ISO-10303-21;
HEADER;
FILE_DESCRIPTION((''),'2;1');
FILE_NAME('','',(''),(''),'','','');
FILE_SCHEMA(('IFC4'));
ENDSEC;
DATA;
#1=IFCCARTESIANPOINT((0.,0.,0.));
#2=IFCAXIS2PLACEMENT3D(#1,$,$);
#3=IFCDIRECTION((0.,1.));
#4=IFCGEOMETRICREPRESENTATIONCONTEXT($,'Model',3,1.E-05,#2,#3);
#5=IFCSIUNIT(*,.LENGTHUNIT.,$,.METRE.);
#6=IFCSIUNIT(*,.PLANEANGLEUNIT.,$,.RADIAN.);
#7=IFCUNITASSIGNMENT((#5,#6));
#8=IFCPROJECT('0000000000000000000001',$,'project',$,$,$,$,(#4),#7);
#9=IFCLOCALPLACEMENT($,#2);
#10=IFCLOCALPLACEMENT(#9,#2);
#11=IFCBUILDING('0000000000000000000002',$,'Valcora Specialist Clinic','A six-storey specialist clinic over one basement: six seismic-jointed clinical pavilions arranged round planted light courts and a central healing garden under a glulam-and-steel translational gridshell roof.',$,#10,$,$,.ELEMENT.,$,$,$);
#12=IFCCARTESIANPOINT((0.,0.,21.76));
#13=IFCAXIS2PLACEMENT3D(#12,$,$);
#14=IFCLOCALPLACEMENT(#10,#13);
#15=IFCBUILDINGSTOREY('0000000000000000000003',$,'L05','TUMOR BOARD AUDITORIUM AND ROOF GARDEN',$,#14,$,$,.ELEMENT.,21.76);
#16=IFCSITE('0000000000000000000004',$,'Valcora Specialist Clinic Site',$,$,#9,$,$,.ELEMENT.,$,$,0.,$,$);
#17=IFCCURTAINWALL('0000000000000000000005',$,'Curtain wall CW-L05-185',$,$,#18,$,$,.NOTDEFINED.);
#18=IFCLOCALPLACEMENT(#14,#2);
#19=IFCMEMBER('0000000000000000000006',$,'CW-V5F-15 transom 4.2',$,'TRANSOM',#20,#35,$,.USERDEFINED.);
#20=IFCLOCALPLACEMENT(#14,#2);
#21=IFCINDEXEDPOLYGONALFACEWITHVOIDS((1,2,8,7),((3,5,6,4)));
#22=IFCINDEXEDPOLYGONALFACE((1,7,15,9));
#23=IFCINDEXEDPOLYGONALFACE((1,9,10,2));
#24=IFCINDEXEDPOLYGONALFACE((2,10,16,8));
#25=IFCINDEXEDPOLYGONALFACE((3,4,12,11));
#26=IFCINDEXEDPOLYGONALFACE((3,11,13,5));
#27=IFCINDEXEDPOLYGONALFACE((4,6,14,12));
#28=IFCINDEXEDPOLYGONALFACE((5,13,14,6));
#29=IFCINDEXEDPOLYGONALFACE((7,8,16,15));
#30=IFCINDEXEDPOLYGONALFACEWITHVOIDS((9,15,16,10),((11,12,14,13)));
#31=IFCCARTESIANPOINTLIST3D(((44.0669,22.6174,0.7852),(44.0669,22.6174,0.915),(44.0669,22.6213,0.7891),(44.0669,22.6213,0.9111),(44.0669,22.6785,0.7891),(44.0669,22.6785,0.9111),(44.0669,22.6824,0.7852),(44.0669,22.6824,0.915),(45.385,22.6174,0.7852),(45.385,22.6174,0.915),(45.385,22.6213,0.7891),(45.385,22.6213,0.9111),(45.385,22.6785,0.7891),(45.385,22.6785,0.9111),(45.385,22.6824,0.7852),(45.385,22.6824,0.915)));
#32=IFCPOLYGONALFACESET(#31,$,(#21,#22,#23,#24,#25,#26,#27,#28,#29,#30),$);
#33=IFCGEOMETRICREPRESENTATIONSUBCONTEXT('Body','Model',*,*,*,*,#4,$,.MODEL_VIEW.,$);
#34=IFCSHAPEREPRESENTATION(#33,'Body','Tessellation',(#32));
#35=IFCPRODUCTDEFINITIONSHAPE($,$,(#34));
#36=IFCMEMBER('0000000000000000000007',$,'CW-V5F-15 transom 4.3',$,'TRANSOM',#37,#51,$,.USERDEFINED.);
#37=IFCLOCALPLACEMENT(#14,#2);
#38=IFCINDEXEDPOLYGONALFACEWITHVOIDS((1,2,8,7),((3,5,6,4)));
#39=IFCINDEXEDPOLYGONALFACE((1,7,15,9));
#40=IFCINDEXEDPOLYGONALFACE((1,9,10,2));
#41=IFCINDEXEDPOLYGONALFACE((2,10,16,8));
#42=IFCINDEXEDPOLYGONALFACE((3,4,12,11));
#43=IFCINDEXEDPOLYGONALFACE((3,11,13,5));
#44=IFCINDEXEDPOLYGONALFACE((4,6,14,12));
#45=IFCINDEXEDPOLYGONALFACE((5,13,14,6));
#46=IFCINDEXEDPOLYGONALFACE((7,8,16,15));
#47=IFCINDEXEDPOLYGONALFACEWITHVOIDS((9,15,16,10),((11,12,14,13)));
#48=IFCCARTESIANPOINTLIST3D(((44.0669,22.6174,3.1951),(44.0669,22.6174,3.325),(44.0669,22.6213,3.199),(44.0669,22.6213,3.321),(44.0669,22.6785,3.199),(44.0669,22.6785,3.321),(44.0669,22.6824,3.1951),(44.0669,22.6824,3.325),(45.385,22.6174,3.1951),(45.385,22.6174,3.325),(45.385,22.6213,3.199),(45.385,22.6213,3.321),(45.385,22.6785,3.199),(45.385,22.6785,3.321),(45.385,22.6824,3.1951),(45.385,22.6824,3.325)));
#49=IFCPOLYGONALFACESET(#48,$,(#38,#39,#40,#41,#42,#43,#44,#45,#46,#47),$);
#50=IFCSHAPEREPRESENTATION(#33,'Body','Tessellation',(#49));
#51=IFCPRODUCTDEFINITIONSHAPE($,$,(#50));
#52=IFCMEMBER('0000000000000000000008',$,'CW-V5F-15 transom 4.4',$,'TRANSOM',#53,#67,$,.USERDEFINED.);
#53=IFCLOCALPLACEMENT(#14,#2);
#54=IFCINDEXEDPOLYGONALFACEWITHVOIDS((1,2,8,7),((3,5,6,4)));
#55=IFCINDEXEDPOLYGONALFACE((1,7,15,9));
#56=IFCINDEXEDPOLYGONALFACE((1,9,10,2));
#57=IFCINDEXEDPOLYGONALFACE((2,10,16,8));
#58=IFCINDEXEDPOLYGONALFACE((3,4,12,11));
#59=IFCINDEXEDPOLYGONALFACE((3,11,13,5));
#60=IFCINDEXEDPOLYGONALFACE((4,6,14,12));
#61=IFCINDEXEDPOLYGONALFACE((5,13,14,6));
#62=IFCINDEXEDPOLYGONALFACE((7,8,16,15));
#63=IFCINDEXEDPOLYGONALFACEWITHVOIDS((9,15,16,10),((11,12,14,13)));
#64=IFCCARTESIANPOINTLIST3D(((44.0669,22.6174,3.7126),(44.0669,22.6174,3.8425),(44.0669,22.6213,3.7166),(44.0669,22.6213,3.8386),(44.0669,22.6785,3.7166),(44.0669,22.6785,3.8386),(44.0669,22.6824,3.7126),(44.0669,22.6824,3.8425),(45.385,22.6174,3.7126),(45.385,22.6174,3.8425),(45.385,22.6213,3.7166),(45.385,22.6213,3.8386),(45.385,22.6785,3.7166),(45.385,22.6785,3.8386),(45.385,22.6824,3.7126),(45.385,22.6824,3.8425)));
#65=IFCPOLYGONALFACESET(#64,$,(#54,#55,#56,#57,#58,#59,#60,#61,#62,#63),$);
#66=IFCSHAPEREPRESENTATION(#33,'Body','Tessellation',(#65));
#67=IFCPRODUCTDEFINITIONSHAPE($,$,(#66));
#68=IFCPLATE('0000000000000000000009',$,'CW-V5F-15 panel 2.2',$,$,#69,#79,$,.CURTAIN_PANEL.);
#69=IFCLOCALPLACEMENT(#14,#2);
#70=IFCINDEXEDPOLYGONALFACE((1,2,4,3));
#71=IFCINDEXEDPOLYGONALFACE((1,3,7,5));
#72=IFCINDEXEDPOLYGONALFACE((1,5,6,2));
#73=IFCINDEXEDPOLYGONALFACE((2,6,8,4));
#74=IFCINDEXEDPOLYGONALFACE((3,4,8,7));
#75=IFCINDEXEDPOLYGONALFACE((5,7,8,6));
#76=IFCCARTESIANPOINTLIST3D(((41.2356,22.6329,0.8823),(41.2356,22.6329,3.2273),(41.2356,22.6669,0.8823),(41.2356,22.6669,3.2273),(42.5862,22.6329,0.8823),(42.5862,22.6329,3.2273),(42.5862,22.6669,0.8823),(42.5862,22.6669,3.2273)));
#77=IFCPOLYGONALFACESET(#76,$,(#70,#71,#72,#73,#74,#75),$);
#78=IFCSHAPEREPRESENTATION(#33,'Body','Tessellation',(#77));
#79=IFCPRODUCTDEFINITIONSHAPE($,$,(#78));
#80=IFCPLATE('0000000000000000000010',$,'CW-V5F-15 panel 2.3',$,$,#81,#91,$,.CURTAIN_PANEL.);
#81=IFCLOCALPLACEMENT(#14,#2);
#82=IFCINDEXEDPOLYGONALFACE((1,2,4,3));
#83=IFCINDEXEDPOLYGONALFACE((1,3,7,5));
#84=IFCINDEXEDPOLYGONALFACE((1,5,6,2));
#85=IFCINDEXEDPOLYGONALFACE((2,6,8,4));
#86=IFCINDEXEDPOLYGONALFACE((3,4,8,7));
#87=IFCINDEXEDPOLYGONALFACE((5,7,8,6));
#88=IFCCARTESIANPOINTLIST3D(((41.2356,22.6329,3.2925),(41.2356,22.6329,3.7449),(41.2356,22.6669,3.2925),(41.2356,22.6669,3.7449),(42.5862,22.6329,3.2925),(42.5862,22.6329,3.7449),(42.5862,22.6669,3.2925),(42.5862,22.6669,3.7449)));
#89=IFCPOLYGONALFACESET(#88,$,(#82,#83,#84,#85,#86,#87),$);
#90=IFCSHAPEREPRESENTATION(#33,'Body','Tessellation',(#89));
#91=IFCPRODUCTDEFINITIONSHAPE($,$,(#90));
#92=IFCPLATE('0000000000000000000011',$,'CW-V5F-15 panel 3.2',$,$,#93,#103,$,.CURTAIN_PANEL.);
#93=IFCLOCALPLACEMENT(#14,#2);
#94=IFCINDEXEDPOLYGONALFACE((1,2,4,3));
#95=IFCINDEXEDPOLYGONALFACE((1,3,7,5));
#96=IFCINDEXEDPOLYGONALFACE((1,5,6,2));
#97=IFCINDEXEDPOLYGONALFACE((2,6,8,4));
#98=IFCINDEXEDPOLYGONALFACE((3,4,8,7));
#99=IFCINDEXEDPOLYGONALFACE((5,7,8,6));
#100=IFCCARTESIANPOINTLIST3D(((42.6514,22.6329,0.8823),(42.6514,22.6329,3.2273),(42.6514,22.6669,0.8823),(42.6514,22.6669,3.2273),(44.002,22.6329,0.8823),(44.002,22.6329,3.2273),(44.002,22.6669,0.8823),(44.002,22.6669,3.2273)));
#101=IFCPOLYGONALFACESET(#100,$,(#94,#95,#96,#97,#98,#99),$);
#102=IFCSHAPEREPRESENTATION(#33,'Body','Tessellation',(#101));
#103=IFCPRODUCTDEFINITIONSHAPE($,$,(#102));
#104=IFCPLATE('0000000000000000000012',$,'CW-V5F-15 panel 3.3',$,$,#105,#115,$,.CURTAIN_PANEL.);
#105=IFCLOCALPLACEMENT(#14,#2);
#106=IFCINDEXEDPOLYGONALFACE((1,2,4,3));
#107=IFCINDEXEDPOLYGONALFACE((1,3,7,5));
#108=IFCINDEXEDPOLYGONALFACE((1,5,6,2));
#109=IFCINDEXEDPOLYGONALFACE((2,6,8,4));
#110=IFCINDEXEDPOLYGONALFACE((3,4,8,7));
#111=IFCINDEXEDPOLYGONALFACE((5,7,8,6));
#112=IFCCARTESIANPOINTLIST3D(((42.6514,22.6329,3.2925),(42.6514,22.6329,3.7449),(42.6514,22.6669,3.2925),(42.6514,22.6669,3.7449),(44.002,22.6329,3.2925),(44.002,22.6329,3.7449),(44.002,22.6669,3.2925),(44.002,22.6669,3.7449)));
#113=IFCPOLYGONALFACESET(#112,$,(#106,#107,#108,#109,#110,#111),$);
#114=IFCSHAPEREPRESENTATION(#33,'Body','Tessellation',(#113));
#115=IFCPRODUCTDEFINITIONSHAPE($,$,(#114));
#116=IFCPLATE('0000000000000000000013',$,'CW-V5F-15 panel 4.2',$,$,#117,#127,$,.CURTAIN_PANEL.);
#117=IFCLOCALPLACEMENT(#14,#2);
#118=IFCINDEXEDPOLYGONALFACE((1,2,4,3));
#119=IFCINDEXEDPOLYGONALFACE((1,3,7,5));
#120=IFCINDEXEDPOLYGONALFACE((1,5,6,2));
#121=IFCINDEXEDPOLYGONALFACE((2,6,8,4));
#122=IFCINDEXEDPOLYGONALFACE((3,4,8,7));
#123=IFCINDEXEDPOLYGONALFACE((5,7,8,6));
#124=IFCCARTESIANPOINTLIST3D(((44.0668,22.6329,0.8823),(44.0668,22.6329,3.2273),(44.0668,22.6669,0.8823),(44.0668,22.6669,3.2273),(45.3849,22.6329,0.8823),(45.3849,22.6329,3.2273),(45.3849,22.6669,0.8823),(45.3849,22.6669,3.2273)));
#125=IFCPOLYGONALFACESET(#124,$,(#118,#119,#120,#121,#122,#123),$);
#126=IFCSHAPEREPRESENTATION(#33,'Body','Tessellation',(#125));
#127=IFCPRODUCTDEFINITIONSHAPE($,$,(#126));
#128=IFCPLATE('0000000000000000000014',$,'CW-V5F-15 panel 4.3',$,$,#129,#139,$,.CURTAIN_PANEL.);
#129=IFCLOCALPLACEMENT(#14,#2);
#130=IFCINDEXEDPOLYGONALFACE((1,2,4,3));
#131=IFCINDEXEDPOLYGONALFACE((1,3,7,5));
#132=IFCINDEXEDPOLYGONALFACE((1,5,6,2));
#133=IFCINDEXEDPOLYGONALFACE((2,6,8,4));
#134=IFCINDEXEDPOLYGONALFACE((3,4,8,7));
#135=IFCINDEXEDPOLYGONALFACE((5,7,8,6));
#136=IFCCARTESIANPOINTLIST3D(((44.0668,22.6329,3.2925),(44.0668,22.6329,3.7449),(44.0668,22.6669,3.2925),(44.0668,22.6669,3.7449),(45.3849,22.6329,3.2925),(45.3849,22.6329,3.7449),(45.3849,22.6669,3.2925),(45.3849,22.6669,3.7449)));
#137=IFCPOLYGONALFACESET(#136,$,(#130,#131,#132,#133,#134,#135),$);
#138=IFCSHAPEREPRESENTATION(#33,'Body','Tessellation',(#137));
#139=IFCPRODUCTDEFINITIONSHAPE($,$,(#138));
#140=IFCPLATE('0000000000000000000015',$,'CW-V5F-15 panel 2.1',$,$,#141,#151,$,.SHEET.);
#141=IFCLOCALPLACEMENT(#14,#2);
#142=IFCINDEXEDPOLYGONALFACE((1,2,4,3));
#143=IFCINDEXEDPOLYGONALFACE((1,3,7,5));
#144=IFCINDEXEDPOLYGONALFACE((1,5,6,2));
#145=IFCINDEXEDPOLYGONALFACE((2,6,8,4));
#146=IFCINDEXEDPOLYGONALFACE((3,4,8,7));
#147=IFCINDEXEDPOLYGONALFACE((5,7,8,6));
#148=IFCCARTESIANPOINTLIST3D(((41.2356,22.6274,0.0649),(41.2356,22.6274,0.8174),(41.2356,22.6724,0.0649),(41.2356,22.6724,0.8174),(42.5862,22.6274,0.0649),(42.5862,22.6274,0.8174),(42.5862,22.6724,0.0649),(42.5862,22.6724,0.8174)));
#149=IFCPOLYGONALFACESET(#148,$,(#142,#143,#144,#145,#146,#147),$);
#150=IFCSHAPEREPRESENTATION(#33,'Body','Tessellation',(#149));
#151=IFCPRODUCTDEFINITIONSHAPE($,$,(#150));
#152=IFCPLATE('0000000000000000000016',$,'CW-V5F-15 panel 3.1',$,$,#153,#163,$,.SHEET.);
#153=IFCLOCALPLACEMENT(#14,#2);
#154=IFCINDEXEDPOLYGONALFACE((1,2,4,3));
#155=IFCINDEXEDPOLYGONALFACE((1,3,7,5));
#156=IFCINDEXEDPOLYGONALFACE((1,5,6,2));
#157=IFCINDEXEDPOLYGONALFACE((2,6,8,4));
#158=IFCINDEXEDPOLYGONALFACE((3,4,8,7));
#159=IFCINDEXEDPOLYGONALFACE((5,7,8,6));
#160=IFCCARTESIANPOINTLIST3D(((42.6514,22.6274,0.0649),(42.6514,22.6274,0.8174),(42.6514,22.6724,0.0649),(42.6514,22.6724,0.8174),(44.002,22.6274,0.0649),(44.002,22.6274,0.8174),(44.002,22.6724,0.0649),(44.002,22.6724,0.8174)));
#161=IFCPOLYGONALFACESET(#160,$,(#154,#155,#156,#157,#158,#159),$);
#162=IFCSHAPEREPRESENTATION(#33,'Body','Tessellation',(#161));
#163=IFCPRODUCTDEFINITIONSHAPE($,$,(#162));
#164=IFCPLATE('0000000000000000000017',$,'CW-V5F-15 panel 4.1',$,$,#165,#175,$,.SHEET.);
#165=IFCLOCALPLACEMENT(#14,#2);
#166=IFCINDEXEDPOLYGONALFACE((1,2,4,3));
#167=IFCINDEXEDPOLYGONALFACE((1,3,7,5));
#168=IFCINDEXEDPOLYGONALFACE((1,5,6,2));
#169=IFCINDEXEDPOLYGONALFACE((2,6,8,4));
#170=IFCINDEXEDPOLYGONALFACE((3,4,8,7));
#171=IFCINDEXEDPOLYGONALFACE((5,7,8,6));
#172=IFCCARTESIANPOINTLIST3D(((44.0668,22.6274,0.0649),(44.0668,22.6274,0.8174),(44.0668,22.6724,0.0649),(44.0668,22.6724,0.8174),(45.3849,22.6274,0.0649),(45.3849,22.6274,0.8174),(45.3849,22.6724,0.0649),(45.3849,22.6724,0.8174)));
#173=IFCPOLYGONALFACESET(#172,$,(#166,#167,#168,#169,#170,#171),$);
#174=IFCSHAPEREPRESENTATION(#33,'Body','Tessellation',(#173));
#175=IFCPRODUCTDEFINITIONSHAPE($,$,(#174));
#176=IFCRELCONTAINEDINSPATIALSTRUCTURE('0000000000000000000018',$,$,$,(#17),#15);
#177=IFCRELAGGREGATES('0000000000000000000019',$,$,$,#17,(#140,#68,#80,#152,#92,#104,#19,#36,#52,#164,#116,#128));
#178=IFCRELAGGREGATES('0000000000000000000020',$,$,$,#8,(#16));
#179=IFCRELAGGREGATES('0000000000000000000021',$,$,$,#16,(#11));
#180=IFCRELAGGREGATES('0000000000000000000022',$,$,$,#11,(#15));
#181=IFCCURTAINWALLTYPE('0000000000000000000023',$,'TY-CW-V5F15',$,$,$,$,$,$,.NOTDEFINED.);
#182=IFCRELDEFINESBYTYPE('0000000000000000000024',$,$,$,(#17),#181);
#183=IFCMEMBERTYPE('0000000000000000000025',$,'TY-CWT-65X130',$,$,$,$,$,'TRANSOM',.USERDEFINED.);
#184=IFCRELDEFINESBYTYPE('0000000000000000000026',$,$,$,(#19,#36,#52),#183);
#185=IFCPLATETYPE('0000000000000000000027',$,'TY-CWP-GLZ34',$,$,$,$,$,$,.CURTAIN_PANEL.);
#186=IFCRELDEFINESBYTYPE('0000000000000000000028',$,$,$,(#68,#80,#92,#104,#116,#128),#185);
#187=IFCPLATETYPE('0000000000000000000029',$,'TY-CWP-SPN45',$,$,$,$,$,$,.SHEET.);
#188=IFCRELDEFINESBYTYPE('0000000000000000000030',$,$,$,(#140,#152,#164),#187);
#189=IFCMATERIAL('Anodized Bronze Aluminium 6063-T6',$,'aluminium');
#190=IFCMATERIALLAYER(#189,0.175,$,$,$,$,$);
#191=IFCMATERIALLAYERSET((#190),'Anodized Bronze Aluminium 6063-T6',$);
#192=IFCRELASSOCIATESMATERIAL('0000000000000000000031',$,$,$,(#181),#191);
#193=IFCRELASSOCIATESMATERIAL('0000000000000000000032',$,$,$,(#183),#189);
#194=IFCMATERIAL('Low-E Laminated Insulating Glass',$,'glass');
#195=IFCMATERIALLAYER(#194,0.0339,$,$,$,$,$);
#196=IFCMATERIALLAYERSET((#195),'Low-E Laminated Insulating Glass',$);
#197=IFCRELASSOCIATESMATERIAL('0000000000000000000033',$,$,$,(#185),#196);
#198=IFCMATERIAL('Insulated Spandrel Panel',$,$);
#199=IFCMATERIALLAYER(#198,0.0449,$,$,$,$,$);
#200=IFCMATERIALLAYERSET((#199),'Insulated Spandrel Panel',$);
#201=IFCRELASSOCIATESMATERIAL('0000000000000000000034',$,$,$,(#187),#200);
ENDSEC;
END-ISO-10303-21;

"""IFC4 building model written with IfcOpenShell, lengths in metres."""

from ifc_helpers import new_model, si_unit, direction, frame, origin, origin_2d, place, context, subcontext, project, spatial, rectangle, hollow_rectangle, extrude, material, layer, layer_set, material_profile, profile_set, type_object, element, aggregate, save


model = new_model("IFC4")

# Units and contexts
model_context = context("Model", 3, precision=1e-05, world=origin(), true_north=direction((0.0, 1.0)))
body_context = subcontext(model_context, "Body", "Model", "MODEL_VIEW")
ifc_project = project(units=[si_unit("LENGTHUNIT", "METRE"), si_unit("PLANEANGLEUNIT", "RADIAN")], contexts=[model_context])

# Site, building, storey
site_placement = place(None, origin())
site = spatial("IfcSite", under=ifc_project, at=site_placement, Name="Valcora Specialist Clinic Site", CompositionType="ELEMENT", RefElevation=0.0)
building_placement = place(site_placement, origin())
building = spatial("IfcBuilding", under=site, at=building_placement, Name="Valcora Specialist Clinic", Description="A six-storey specialist clinic over one basement: six seismic-jointed clinical pavilions arranged round planted light courts and a central healing garden under a glulam-and-steel translational gridshell roof.", CompositionType="ELEMENT")
storey_placement = place(building_placement, frame((0.0, 0.0, 21.76)))
storey = spatial("IfcBuildingStorey", under=building, at=storey_placement, Name="L05", Description="TUMOR BOARD AUDITORIUM AND ROOF GARDEN", CompositionType="ELEMENT", Elevation=21.76)

# Curtain wall, members, plates
ifc_material_1 = material(Name="Anodized Bronze Aluminium 6063-T6", Category="aluminium")
ifc_layer_1 = layer(ifc_material_1, 0.175)
ifc_layer_set_1 = layer_set([ifc_layer_1], Name="Anodized Bronze Aluminium 6063-T6")
curtain_wall_type = type_object("IfcCurtainWallType", Name="TY-CW-V5F15", PredefinedType="NOTDEFINED", material=ifc_layer_set_1)
curtain_wall_placement = place(storey_placement, origin())
curtain_wall = element("IfcCurtainWall", 1, at=curtain_wall_placement, inside=storey, type_object=curtain_wall_type, Name="Curtain wall CW-L05-185", PredefinedType="NOTDEFINED")
ifc_material_profile_1 = material_profile(ifc_material_1, hollow_rectangle(XDim=0.0649, YDim=0.1299, WallThickness=0.0039, at=origin_2d()), Name="AL-TRN-65X130")
ifc_profile_set_1 = profile_set([ifc_material_profile_1], Name="Anodized Bronze Aluminium 6063-T6")
member_type_1 = type_object("IfcMemberType", Name="TY-CWT-65X130", ElementType="TRANSOM", PredefinedType="USERDEFINED", material=ifc_profile_set_1)
member_1_placement = place(storey_placement, frame((44.0669, 22.6499, 0.8501), z_axis=(1.0, 0.0, 0.0), x_axis=(0.0, 1.0, 0.0)))
member_1 = element("IfcMember", 2, at=member_1_placement, type_object=member_type_1, Name="CW-V5F-15 transom 4.2", ObjectType="TRANSOM", PredefinedType="USERDEFINED", context=body_context, shape_type="SweptSolid", body=[
    extrude(hollow_rectangle(XDim=0.0649, YDim=0.1299, WallThickness=0.0039, at=origin_2d()), origin(), (0.0, 0.0, 1.0), 1.3181),
])
member_2_placement = place(storey_placement, frame((44.0669, 22.6499, 3.26), z_axis=(1.0, 0.0, 0.0), x_axis=(0.0, 1.0, 0.0)))
member_2 = element("IfcMember", 3, at=member_2_placement, type_object=member_type_1, Name="CW-V5F-15 transom 4.3", ObjectType="TRANSOM", PredefinedType="USERDEFINED", context=body_context, shape_type="SweptSolid", body=[
    extrude(hollow_rectangle(XDim=0.0649, YDim=0.1299, WallThickness=0.0039, at=origin_2d()), origin(), (0.0, 0.0, 1.0), 1.3181),
])
member_3_placement = place(storey_placement, frame((44.0669, 22.6499, 3.7776), z_axis=(1.0, 0.0, 0.0), x_axis=(0.0, 1.0, 0.0)))
member_3 = element("IfcMember", 4, at=member_3_placement, type_object=member_type_1, Name="CW-V5F-15 transom 4.4", ObjectType="TRANSOM", PredefinedType="USERDEFINED", context=body_context, shape_type="SweptSolid", body=[
    extrude(hollow_rectangle(XDim=0.0649, YDim=0.1299, WallThickness=0.0039, at=origin_2d()), origin(), (0.0, 0.0, 1.0), 1.3181),
])
ifc_material_2 = material(Name="Low-E Laminated Insulating Glass", Category="glass")
ifc_layer_2 = layer(ifc_material_2, 0.0339)
ifc_layer_set_2 = layer_set([ifc_layer_2], Name="Low-E Laminated Insulating Glass")
plate_type_1 = type_object("IfcPlateType", Name="TY-CWP-GLZ34", PredefinedType="CURTAIN_PANEL", material=ifc_layer_set_2)
plate_1_placement = place(storey_placement, frame((41.9109, 22.6499, 0.8823), z_axis=(0.0, 0.0, 1.0), x_axis=(1.0, 0.0, 0.0)))
plate_1 = element("IfcPlate", 5, at=plate_1_placement, type_object=plate_type_1, Name="CW-V5F-15 panel 2.2", PredefinedType="CURTAIN_PANEL", context=body_context, shape_type="SweptSolid", body=[
    extrude(rectangle(XDim=1.3506, YDim=0.0339, at=origin_2d()), origin(), (0.0, 0.0, 1.0), 2.345),
])
plate_2_placement = place(storey_placement, frame((41.9109, 22.6499, 3.2925), z_axis=(0.0, 0.0, 1.0), x_axis=(1.0, 0.0, 0.0)))
plate_2 = element("IfcPlate", 6, at=plate_2_placement, type_object=plate_type_1, Name="CW-V5F-15 panel 2.3", PredefinedType="CURTAIN_PANEL", context=body_context, shape_type="SweptSolid", body=[
    extrude(rectangle(XDim=1.3506, YDim=0.0339, at=origin_2d()), origin(), (0.0, 0.0, 1.0), 0.4524),
])
plate_3_placement = place(storey_placement, frame((43.3267, 22.6499, 0.8823), z_axis=(0.0, 0.0, 1.0), x_axis=(1.0, 0.0, 0.0)))
plate_3 = element("IfcPlate", 7, at=plate_3_placement, type_object=plate_type_1, Name="CW-V5F-15 panel 3.2", PredefinedType="CURTAIN_PANEL", context=body_context, shape_type="SweptSolid", body=[
    extrude(rectangle(XDim=1.3506, YDim=0.0339, at=origin_2d()), origin(), (0.0, 0.0, 1.0), 2.345),
])
plate_4_placement = place(storey_placement, frame((43.3267, 22.6499, 3.2925), z_axis=(0.0, 0.0, 1.0), x_axis=(1.0, 0.0, 0.0)))
plate_4 = element("IfcPlate", 8, at=plate_4_placement, type_object=plate_type_1, Name="CW-V5F-15 panel 3.3", PredefinedType="CURTAIN_PANEL", context=body_context, shape_type="SweptSolid", body=[
    extrude(rectangle(XDim=1.3506, YDim=0.0339, at=origin_2d()), origin(), (0.0, 0.0, 1.0), 0.4524),
])
plate_5_placement = place(storey_placement, frame((44.7258, 22.6499, 0.8823), z_axis=(0.0, 0.0, 1.0), x_axis=(1.0, 0.0, 0.0)))
plate_5 = element("IfcPlate", 9, at=plate_5_placement, type_object=plate_type_1, Name="CW-V5F-15 panel 4.2", PredefinedType="CURTAIN_PANEL", context=body_context, shape_type="SweptSolid", body=[
    extrude(rectangle(XDim=1.3181, YDim=0.0339, at=origin_2d()), origin(), (0.0, 0.0, 1.0), 2.345),
])
plate_6_placement = place(storey_placement, frame((44.7258, 22.6499, 3.2925), z_axis=(0.0, 0.0, 1.0), x_axis=(1.0, 0.0, 0.0)))
plate_6 = element("IfcPlate", 10, at=plate_6_placement, type_object=plate_type_1, Name="CW-V5F-15 panel 4.3", PredefinedType="CURTAIN_PANEL", context=body_context, shape_type="SweptSolid", body=[
    extrude(rectangle(XDim=1.3181, YDim=0.0339, at=origin_2d()), origin(), (0.0, 0.0, 1.0), 0.4524),
])
ifc_material_3 = material(Name="Insulated Spandrel Panel")
ifc_layer_3 = layer(ifc_material_3, 0.0449)
ifc_layer_set_3 = layer_set([ifc_layer_3], Name="Insulated Spandrel Panel")
plate_type_2 = type_object("IfcPlateType", Name="TY-CWP-SPN45", PredefinedType="SHEET", material=ifc_layer_set_3)
plate_7_placement = place(storey_placement, frame((41.9109, 22.6499, 0.0649), z_axis=(0.0, 0.0, 1.0), x_axis=(1.0, 0.0, 0.0)))
plate_7 = element("IfcPlate", 11, at=plate_7_placement, type_object=plate_type_2, Name="CW-V5F-15 panel 2.1", PredefinedType="SHEET", context=body_context, shape_type="SweptSolid", body=[
    extrude(rectangle(XDim=1.3506, YDim=0.0449, at=origin_2d()), origin(), (0.0, 0.0, 1.0), 0.7524),
])
plate_8_placement = place(storey_placement, frame((43.3267, 22.6499, 0.0649), z_axis=(0.0, 0.0, 1.0), x_axis=(1.0, 0.0, 0.0)))
plate_8 = element("IfcPlate", 12, at=plate_8_placement, type_object=plate_type_2, Name="CW-V5F-15 panel 3.1", PredefinedType="SHEET", context=body_context, shape_type="SweptSolid", body=[
    extrude(rectangle(XDim=1.3506, YDim=0.0449, at=origin_2d()), origin(), (0.0, 0.0, 1.0), 0.7524),
])
plate_9_placement = place(storey_placement, frame((44.7258, 22.6499, 0.0649), z_axis=(0.0, 0.0, 1.0), x_axis=(1.0, 0.0, 0.0)))
plate_9 = element("IfcPlate", 13, at=plate_9_placement, type_object=plate_type_2, Name="CW-V5F-15 panel 4.1", PredefinedType="SHEET", context=body_context, shape_type="SweptSolid", body=[
    extrude(rectangle(XDim=1.3181, YDim=0.0449, at=origin_2d()), origin(), (0.0, 0.0, 1.0), 0.7524),
])
aggregate(curtain_wall, [plate_7, plate_1, plate_2, plate_8, plate_3, plate_4, member_1, member_2, member_3, plate_9, plate_5, plate_6])

save(model, "model.ifc")
